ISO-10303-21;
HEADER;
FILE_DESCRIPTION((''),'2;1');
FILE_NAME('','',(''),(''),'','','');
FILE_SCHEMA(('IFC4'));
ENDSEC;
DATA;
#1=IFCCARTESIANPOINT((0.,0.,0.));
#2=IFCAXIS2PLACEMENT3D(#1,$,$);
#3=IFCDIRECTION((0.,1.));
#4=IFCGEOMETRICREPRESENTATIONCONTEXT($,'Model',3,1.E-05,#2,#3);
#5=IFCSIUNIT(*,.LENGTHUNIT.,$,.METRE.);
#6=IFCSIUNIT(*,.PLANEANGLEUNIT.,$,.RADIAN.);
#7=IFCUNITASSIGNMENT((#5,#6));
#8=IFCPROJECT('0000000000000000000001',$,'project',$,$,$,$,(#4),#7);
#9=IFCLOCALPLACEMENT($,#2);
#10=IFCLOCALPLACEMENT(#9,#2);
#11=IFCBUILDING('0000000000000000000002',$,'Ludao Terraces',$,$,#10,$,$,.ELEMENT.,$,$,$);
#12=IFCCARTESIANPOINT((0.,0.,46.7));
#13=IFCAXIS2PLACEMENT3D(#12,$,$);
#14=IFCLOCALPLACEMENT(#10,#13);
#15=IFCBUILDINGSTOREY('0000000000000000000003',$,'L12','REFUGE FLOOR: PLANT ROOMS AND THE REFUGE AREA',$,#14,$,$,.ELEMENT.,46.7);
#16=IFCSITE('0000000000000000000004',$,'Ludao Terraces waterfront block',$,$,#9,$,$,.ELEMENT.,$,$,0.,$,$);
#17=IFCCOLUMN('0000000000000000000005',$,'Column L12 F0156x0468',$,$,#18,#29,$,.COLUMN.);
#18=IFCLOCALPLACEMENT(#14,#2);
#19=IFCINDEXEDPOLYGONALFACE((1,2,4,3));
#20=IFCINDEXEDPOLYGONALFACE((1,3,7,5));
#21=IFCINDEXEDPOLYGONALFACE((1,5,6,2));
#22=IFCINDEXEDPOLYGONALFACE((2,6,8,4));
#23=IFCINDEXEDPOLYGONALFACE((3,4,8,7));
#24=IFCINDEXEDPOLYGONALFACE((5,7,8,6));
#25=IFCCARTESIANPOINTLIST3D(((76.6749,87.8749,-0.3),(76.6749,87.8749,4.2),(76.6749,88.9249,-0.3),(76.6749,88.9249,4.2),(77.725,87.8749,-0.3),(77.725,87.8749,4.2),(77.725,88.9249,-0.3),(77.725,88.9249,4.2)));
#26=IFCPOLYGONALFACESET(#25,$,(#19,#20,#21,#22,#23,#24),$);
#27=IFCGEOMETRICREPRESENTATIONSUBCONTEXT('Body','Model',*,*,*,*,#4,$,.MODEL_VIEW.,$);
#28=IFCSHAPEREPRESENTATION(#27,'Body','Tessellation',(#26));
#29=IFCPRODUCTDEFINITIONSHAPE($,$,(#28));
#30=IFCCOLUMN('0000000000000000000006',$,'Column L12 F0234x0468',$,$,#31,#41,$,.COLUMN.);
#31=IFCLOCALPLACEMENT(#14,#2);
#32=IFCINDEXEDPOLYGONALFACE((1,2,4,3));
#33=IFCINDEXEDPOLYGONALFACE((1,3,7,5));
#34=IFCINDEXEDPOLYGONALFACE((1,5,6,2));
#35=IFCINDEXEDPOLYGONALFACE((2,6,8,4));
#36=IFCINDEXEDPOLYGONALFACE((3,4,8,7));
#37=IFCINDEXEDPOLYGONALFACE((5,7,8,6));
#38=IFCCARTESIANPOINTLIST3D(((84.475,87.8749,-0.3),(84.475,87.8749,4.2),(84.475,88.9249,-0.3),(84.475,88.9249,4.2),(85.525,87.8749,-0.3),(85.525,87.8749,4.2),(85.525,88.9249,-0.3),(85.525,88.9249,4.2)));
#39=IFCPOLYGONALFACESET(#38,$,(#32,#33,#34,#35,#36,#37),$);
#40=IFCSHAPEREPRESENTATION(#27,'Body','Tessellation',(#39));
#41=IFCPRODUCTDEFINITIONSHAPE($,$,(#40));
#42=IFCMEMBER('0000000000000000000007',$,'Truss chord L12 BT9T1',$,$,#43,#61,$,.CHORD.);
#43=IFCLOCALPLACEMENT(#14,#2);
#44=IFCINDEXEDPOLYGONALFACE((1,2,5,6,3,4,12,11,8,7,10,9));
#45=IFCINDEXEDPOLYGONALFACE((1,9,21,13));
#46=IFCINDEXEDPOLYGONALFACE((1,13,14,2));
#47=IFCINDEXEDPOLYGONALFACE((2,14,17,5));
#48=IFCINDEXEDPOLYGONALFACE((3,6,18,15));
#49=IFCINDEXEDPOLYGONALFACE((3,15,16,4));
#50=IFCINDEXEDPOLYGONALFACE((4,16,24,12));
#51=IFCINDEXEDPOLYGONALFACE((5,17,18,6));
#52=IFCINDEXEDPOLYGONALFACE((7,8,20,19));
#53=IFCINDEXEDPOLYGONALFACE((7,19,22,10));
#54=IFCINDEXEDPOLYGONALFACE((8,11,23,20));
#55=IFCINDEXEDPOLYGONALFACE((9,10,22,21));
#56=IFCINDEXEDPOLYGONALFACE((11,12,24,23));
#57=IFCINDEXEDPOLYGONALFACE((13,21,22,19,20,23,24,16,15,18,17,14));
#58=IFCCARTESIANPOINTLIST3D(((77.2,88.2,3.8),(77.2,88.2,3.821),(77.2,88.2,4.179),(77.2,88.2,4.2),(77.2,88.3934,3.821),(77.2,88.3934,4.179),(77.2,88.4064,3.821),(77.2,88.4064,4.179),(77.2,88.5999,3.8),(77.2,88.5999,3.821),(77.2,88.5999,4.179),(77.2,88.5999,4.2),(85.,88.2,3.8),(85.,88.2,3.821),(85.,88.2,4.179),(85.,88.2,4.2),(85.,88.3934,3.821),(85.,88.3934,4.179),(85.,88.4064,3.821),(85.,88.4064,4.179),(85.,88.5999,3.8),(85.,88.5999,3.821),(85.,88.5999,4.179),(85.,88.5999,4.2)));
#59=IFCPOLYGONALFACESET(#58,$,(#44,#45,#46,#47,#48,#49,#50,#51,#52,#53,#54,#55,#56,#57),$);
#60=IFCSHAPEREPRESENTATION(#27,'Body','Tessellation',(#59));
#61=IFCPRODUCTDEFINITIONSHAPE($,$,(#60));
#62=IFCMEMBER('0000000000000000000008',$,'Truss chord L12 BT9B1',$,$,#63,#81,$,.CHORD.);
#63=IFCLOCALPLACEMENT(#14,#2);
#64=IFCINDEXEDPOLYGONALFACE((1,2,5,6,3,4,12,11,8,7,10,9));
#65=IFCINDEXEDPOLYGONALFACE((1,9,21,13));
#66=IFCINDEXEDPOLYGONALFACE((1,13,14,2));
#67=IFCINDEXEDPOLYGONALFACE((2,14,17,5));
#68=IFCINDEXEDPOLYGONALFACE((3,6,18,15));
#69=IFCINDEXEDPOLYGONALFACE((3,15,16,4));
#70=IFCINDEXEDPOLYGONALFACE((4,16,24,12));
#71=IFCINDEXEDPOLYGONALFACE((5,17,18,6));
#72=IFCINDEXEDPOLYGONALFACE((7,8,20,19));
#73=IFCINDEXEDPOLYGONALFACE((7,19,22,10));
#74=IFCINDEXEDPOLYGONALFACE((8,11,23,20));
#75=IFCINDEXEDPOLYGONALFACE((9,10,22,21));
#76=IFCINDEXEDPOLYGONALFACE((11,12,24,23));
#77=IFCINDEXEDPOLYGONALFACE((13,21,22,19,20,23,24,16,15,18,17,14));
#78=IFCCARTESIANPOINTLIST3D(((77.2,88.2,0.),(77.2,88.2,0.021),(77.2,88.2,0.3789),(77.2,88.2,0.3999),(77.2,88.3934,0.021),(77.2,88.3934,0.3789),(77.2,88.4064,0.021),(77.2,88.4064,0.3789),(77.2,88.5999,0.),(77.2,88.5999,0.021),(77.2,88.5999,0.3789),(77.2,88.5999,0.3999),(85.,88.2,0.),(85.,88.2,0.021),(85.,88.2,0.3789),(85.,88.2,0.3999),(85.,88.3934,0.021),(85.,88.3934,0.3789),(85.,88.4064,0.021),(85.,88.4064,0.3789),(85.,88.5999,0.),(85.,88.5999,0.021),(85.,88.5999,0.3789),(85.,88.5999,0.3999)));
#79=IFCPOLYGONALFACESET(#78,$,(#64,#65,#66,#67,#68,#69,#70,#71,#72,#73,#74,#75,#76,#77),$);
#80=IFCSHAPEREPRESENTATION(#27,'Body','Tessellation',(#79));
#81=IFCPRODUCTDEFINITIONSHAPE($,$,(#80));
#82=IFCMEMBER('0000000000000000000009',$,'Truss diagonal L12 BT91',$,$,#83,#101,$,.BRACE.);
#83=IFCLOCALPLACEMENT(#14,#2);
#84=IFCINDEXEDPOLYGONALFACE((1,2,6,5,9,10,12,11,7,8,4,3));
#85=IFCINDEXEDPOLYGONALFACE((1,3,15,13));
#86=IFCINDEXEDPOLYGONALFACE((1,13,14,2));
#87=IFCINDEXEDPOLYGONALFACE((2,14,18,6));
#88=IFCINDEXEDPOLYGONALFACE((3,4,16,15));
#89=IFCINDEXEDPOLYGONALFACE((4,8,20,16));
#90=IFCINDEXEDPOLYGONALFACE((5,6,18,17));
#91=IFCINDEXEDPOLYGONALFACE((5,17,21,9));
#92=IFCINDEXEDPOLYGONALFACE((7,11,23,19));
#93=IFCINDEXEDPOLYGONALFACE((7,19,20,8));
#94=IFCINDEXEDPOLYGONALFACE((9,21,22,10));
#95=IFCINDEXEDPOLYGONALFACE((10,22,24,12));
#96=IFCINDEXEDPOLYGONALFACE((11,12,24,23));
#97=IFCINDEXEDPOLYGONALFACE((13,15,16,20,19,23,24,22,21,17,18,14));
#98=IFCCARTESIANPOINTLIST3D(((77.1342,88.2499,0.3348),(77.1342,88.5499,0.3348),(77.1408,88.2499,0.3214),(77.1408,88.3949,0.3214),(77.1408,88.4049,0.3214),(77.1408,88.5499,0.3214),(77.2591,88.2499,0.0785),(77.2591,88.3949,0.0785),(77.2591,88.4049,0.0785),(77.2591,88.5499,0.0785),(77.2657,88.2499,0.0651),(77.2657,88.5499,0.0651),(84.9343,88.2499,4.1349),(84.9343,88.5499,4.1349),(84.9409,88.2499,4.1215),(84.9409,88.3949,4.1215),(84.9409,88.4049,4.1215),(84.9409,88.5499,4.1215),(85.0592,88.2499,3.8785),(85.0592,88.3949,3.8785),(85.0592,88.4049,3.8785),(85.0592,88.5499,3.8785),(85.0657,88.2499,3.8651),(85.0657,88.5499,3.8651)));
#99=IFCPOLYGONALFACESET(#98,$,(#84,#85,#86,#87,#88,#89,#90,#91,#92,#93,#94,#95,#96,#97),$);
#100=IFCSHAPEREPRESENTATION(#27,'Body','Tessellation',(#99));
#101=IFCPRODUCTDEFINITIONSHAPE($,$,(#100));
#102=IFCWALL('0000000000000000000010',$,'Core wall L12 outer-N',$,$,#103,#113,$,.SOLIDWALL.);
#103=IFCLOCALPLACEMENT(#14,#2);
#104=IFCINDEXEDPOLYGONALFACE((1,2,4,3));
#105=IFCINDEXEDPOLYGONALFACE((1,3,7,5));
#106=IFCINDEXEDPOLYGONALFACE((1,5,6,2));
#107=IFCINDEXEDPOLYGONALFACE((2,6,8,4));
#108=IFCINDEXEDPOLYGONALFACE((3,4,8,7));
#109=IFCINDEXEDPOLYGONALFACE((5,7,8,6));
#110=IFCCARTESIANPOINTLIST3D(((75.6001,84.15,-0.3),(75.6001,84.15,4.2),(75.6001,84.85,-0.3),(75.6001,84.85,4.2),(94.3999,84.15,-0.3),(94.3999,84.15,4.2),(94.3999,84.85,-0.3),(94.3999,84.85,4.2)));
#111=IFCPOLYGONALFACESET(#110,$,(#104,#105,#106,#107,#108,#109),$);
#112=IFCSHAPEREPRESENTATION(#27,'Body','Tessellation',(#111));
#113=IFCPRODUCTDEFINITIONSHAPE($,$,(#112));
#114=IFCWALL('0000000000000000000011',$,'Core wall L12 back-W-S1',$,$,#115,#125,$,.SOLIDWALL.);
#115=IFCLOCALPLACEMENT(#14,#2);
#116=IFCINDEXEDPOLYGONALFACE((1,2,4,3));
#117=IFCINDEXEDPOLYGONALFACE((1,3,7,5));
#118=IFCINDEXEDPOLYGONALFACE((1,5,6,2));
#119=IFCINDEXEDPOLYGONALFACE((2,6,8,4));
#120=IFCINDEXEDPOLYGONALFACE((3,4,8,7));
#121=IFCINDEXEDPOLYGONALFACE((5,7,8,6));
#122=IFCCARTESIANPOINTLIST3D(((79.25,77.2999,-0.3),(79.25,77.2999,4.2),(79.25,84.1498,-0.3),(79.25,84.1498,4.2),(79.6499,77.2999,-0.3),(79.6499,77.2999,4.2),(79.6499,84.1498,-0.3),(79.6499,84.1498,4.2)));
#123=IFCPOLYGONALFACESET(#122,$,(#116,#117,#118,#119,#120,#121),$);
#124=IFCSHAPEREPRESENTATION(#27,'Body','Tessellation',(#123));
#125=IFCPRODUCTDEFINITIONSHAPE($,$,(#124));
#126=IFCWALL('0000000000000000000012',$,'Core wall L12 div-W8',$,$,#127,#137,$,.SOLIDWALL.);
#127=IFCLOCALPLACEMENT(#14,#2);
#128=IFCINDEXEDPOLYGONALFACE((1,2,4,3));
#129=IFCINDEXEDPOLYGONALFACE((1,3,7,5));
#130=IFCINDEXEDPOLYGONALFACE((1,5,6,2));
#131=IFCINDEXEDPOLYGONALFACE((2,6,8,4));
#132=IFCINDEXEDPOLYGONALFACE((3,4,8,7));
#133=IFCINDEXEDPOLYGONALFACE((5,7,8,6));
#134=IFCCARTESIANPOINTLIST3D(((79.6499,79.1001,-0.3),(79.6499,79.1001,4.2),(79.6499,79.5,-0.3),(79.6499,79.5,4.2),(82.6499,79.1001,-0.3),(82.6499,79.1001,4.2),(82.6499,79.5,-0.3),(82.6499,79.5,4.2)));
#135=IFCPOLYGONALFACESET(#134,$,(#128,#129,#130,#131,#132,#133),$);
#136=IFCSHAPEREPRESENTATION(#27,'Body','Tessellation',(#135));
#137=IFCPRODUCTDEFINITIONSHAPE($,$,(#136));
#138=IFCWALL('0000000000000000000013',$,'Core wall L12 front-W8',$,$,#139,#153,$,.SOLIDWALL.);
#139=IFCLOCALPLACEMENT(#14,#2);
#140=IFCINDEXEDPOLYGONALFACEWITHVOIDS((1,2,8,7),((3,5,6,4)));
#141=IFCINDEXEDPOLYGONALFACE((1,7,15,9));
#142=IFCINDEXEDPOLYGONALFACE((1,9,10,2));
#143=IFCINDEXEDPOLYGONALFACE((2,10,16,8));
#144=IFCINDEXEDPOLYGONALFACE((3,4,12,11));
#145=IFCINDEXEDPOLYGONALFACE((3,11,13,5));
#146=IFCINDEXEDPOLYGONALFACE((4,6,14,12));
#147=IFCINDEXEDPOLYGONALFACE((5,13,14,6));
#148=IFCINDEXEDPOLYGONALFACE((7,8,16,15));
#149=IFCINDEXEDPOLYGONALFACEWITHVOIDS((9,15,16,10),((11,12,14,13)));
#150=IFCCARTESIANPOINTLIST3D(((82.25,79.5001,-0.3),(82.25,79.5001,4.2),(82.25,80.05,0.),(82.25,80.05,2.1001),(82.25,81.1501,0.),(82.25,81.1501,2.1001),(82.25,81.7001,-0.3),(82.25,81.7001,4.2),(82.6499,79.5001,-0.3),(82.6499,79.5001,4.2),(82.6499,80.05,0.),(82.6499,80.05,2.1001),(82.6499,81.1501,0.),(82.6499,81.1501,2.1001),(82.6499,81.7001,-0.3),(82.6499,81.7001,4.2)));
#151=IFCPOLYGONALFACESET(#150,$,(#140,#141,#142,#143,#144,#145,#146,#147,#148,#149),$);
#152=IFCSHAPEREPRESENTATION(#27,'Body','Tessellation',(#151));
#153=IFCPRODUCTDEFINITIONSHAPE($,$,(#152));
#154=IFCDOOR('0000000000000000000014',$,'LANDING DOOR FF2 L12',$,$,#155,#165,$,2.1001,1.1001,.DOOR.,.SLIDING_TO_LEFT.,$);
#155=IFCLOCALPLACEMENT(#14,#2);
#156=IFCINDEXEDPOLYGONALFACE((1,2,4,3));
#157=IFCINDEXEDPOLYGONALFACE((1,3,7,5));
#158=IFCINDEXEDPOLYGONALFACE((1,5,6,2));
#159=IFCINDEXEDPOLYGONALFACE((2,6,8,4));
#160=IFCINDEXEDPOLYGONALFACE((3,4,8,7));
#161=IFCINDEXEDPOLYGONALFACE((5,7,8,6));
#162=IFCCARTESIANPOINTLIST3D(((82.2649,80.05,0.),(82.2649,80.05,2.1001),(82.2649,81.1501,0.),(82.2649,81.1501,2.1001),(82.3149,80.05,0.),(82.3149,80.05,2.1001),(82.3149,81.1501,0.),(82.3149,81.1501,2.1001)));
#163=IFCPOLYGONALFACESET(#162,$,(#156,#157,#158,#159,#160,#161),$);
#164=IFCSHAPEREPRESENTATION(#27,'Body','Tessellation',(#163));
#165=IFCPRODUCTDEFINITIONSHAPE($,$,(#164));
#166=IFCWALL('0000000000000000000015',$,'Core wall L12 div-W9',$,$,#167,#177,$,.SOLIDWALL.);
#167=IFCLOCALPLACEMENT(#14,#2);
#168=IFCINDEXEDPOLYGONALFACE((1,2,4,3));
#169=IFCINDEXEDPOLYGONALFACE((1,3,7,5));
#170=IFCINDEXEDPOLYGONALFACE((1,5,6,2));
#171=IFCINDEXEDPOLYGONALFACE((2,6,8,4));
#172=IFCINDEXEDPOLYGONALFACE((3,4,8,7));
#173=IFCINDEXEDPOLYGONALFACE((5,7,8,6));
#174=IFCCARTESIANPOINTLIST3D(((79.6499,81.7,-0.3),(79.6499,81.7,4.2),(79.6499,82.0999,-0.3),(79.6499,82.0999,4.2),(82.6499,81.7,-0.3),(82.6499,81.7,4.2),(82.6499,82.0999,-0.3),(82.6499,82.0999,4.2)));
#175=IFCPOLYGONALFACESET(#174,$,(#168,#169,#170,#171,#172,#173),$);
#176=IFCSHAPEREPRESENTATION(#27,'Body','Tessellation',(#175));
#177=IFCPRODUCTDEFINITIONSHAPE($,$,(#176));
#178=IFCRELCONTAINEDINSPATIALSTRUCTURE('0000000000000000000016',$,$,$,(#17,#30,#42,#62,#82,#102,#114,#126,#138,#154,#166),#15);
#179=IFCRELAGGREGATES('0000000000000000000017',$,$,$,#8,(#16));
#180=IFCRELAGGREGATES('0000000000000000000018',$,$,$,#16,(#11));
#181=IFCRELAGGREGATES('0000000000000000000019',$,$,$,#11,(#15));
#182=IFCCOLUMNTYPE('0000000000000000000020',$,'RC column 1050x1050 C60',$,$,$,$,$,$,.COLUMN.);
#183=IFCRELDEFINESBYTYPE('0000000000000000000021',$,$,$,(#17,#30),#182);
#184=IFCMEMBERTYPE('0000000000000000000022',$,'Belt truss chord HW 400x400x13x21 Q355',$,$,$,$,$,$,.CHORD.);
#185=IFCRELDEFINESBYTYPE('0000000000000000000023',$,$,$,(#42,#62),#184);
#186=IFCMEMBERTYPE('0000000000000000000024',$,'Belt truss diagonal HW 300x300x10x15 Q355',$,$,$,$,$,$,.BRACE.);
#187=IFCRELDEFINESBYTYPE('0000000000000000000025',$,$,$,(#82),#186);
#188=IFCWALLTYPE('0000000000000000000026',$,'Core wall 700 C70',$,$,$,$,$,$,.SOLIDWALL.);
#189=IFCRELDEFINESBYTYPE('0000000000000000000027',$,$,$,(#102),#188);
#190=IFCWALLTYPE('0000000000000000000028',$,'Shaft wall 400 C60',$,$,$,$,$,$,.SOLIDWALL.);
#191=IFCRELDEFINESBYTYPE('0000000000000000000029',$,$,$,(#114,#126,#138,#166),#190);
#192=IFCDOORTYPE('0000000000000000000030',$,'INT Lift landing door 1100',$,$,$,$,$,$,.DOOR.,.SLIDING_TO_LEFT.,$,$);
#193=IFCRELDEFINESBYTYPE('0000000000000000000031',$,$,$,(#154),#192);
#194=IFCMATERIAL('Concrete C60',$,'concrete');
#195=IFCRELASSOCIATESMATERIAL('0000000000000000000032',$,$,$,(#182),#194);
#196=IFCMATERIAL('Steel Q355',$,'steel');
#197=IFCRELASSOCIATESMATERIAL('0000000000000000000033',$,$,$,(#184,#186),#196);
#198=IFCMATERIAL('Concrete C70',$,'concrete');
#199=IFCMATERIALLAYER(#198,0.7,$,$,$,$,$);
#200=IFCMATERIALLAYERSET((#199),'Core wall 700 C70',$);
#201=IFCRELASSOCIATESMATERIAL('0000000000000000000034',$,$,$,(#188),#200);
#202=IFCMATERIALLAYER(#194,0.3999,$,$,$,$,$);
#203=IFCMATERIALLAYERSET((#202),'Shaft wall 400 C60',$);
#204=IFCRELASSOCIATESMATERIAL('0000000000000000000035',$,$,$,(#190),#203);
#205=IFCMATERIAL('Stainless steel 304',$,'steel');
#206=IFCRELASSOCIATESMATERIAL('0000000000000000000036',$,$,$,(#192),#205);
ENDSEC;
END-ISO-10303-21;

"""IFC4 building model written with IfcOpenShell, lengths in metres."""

from ifc_helpers import new_model, si_unit, direction, frame, frame_2d, origin, origin_2d, place, context, subcontext, project, spatial, rectangle, i_section, extrude, material, layer, layer_set, material_profile, profile_set, type_object, element, fill, save


model = new_model("IFC4")

# Units and contexts
model_context = context("Model", 3, precision=1e-05, world=origin(), true_north=direction((0.0, 1.0)))
body_context = subcontext(model_context, "Body", "Model", "MODEL_VIEW")
ifc_project = project(units=[si_unit("LENGTHUNIT", "METRE"), si_unit("PLANEANGLEUNIT", "RADIAN")], contexts=[model_context])

# Site, building, storey
site_placement = place(None, origin())
site = spatial("IfcSite", under=ifc_project, at=site_placement, Name="Ludao Terraces waterfront block", CompositionType="ELEMENT", RefElevation=0.0)
building_placement = place(site_placement, origin())
building = spatial("IfcBuilding", under=site, at=building_placement, Name="Ludao Terraces", CompositionType="ELEMENT")
storey_placement = place(building_placement, frame((0.0, 0.0, 46.7)))
storey = spatial("IfcBuildingStorey", under=building, at=storey_placement, Name="L12", Description="REFUGE FLOOR: PLANT ROOMS AND THE REFUGE AREA", CompositionType="ELEMENT", Elevation=46.7)

# Columns
ifc_material_1 = material(Name="Concrete C60", Category="concrete")
ifc_material_profile_1 = material_profile(ifc_material_1, rectangle(XDim=1.05, YDim=1.05, at=origin_2d()), Name="1050 X 1050")
ifc_profile_set_1 = profile_set([ifc_material_profile_1], Name="Concrete C60")
column_type = type_object("IfcColumnType", Name="RC column 1050x1050 C60", PredefinedType="COLUMN", material=ifc_profile_set_1)
for number, where, z_axis, x_axis, name in (
    (1, (77.2, 88.3999, -0.3), (0.0, 0.0, 1.0), (1.0, 0.0, 0.0), "Column L12 F0156x0468"),
    (2, (85.0, 88.3999, -0.3), (0.0, 0.0, 1.0), (1.0, 0.0, 0.0), "Column L12 F0234x0468"),
):
    element("IfcColumn", number, at=place(storey_placement, frame(where, z_axis=z_axis, x_axis=x_axis)), inside=storey, type_object=column_type, Name=name, PredefinedType="COLUMN", context=body_context, shape_type="SweptSolid", body=[
        extrude(rectangle(XDim=1.05, YDim=1.05, at=origin_2d()), origin(), (0.0, 0.0, 1.0), 4.5),
    ])

# Members
ifc_material_2 = material(Name="Steel Q355", Category="steel")
ifc_material_profile_2 = material_profile(ifc_material_2, i_section(OverallWidth=0.3999, OverallDepth=0.3999, WebThickness=0.0129, FlangeThickness=0.021, at=origin_2d()), Name="HW 400X400X13X21")
ifc_profile_set_2 = profile_set([ifc_material_profile_2], Name="Steel Q355")
member_type_1 = type_object("IfcMemberType", Name="Belt truss chord HW 400x400x13x21 Q355", PredefinedType="CHORD", material=ifc_profile_set_2)
for number, where, z_axis, x_axis, name in (
    (3, (77.2, 88.3999, 4.0), (1.0, 0.0, 0.0), (0.0, 1.0, 0.0), "Truss chord L12 BT9T1"),
    (4, (77.2, 88.3999, 0.2), (1.0, 0.0, 0.0), (0.0, 1.0, 0.0), "Truss chord L12 BT9B1"),
):
    element("IfcMember", number, at=place(storey_placement, frame(where, z_axis=z_axis, x_axis=x_axis)), inside=storey, type_object=member_type_1, Name=name, PredefinedType="CHORD", context=body_context, shape_type="SweptSolid", body=[
        extrude(i_section(OverallWidth=0.3999, OverallDepth=0.3999, WebThickness=0.0129, FlangeThickness=0.021, at=origin_2d()), origin(), (0.0, 0.0, 1.0), 7.8),
    ])
ifc_material_profile_3 = material_profile(ifc_material_2, i_section(OverallWidth=0.3, OverallDepth=0.3, WebThickness=0.01, FlangeThickness=0.0149, at=origin_2d()), Name="HW 300X300X10X15")
ifc_profile_set_3 = profile_set([ifc_material_profile_3], Name="Steel Q355")
member_type_2 = type_object("IfcMemberType", Name="Belt truss diagonal HW 300x300x10x15 Q355", PredefinedType="BRACE", material=ifc_profile_set_3)
member_placement = place(storey_placement, frame((77.2, 88.3999, 0.2), z_axis=(0.898989, 0.0, 0.437972), x_axis=(0.0, 1.0, 0.0)))
element("IfcMember", 5, at=member_placement, inside=storey, type_object=member_type_2, Name="Truss diagonal L12 BT91", PredefinedType="BRACE", context=body_context, shape_type="SweptSolid", body=[
    extrude(i_section(OverallWidth=0.3, OverallDepth=0.3, WebThickness=0.01, FlangeThickness=0.0149, at=origin_2d()), origin(), (0.0, 0.0, 1.0), 8.6765),
])

# Walls
ifc_material_3 = material(Name="Concrete C70", Category="concrete")
ifc_layer_1 = layer(ifc_material_3, 0.7)
ifc_layer_set_1 = layer_set([ifc_layer_1], Name="Core wall 700 C70")
wall_type_1 = type_object("IfcWallType", Name="Core wall 700 C70", PredefinedType="SOLIDWALL", material=ifc_layer_set_1)
wall_1_placement = place(storey_placement, frame((75.6001, 84.5, -0.3), z_axis=(0.0, 0.0, 1.0), x_axis=(1.0, 0.0, 0.0)))
element("IfcWall", 6, at=wall_1_placement, inside=storey, type_object=wall_type_1, Name="Core wall L12 outer-N", PredefinedType="SOLIDWALL", context=body_context, shape_type="SweptSolid", body=[
    extrude(rectangle(XDim=18.7998, YDim=0.7, at=frame_2d((9.3999, 0.0))), origin(), (0.0, 0.0, 1.0), 4.5),
])
ifc_layer_2 = layer(ifc_material_1, 0.3999)
ifc_layer_set_2 = layer_set([ifc_layer_2], Name="Shaft wall 400 C60")
wall_type_2 = type_object("IfcWallType", Name="Shaft wall 400 C60", PredefinedType="SOLIDWALL", material=ifc_layer_set_2)
wall_2_placement = place(storey_placement, frame((79.45, 77.3, -0.3), z_axis=(0.0, 0.0, 1.0), x_axis=(0.0, 1.0, 0.0)))
element("IfcWall", 7, at=wall_2_placement, inside=storey, type_object=wall_type_2, Name="Core wall L12 back-W-S1", PredefinedType="SOLIDWALL", context=body_context, shape_type="SweptSolid", body=[
    extrude(rectangle(XDim=6.8499, YDim=0.3999, at=frame_2d((3.4248, 0.0))), origin(), (0.0, 0.0, 1.0), 4.5),
])
wall_3_placement = place(storey_placement, frame((79.6499, 79.3, -0.3), z_axis=(0.0, 0.0, 1.0), x_axis=(1.0, 0.0, 0.0)))
element("IfcWall", 8, at=wall_3_placement, inside=storey, type_object=wall_type_2, Name="Core wall L12 div-W8", PredefinedType="SOLIDWALL", context=body_context, shape_type="SweptSolid", body=[
    extrude(rectangle(XDim=3.0, YDim=0.3999, at=frame_2d((1.5, 0.0))), origin(), (0.0, 0.0, 1.0), 4.5),
])

# Wall, opening, door
wall_4_placement = place(storey_placement, frame((82.45, 79.5, -0.3), z_axis=(0.0, 0.0, 1.0), x_axis=(0.0, 1.0, 0.0)))
wall_4 = element("IfcWall", 9, at=wall_4_placement, inside=storey, type_object=wall_type_2, Name="Core wall L12 front-W8", PredefinedType="SOLIDWALL", context=body_context, shape_type="SweptSolid", body=[
    extrude(rectangle(XDim=2.2, YDim=0.3999, at=frame_2d((1.1001, 0.0))), origin(), (0.0, 0.0, 1.0), 4.5),
])
opening_1_placement = place(wall_4_placement, frame((0.55, 0.0, 0.3)))
opening_1 = element("IfcOpeningElement", 10, at=opening_1_placement, cuts=wall_4, PredefinedType="OPENING", context=body_context, shape_type="SweptSolid", body=[
    extrude(rectangle(XDim=1.1001, YDim=2.1001, at=frame_2d((0.55, 1.05))), frame((0.0, 0.21, 0.0), z_axis=(0.0, -1.0, 0.0), x_axis=(1.0, 0.0, 0.0)), (0.0, 0.0, 1.0), 0.4199),
])
ifc_material_4 = material(Name="Stainless steel 304", Category="steel")
door_type_1 = type_object("IfcDoorType", Name="INT Lift landing door 1100", OperationType="SLIDING_TO_LEFT", PredefinedType="DOOR", material=ifc_material_4)
door_1_placement = place(opening_1_placement, origin())
door_1 = element("IfcDoor", 11, at=door_1_placement, inside=storey, type_object=door_type_1, Name="LANDING DOOR FF2 L12", OperationType="SLIDING_TO_LEFT", OverallHeight=2.1001, OverallWidth=1.1001, PredefinedType="DOOR", context=body_context, shape_type="SweptSolid", body=[
    extrude(rectangle(XDim=1.1001, YDim=2.1001, at=frame_2d((0.55, 1.05))), frame((0.0, 0.1851, 0.0), z_axis=(0.0, -1.0, 0.0), x_axis=(1.0, 0.0, 0.0)), (0.0, 0.0, 1.0), 0.05),
])
fill(opening_1, door_1)

# Wall
wall_5_placement = place(storey_placement, frame((79.6499, 81.8999, -0.3), z_axis=(0.0, 0.0, 1.0), x_axis=(1.0, 0.0, 0.0)))
element("IfcWall", 12, at=wall_5_placement, inside=storey, type_object=wall_type_2, Name="Core wall L12 div-W9", PredefinedType="SOLIDWALL", context=body_context, shape_type="SweptSolid", body=[
    extrude(rectangle(XDim=3.0, YDim=0.3999, at=frame_2d((1.5, 0.0))), origin(), (0.0, 0.0, 1.0), 4.5),
])

save(model, "model.ifc")
